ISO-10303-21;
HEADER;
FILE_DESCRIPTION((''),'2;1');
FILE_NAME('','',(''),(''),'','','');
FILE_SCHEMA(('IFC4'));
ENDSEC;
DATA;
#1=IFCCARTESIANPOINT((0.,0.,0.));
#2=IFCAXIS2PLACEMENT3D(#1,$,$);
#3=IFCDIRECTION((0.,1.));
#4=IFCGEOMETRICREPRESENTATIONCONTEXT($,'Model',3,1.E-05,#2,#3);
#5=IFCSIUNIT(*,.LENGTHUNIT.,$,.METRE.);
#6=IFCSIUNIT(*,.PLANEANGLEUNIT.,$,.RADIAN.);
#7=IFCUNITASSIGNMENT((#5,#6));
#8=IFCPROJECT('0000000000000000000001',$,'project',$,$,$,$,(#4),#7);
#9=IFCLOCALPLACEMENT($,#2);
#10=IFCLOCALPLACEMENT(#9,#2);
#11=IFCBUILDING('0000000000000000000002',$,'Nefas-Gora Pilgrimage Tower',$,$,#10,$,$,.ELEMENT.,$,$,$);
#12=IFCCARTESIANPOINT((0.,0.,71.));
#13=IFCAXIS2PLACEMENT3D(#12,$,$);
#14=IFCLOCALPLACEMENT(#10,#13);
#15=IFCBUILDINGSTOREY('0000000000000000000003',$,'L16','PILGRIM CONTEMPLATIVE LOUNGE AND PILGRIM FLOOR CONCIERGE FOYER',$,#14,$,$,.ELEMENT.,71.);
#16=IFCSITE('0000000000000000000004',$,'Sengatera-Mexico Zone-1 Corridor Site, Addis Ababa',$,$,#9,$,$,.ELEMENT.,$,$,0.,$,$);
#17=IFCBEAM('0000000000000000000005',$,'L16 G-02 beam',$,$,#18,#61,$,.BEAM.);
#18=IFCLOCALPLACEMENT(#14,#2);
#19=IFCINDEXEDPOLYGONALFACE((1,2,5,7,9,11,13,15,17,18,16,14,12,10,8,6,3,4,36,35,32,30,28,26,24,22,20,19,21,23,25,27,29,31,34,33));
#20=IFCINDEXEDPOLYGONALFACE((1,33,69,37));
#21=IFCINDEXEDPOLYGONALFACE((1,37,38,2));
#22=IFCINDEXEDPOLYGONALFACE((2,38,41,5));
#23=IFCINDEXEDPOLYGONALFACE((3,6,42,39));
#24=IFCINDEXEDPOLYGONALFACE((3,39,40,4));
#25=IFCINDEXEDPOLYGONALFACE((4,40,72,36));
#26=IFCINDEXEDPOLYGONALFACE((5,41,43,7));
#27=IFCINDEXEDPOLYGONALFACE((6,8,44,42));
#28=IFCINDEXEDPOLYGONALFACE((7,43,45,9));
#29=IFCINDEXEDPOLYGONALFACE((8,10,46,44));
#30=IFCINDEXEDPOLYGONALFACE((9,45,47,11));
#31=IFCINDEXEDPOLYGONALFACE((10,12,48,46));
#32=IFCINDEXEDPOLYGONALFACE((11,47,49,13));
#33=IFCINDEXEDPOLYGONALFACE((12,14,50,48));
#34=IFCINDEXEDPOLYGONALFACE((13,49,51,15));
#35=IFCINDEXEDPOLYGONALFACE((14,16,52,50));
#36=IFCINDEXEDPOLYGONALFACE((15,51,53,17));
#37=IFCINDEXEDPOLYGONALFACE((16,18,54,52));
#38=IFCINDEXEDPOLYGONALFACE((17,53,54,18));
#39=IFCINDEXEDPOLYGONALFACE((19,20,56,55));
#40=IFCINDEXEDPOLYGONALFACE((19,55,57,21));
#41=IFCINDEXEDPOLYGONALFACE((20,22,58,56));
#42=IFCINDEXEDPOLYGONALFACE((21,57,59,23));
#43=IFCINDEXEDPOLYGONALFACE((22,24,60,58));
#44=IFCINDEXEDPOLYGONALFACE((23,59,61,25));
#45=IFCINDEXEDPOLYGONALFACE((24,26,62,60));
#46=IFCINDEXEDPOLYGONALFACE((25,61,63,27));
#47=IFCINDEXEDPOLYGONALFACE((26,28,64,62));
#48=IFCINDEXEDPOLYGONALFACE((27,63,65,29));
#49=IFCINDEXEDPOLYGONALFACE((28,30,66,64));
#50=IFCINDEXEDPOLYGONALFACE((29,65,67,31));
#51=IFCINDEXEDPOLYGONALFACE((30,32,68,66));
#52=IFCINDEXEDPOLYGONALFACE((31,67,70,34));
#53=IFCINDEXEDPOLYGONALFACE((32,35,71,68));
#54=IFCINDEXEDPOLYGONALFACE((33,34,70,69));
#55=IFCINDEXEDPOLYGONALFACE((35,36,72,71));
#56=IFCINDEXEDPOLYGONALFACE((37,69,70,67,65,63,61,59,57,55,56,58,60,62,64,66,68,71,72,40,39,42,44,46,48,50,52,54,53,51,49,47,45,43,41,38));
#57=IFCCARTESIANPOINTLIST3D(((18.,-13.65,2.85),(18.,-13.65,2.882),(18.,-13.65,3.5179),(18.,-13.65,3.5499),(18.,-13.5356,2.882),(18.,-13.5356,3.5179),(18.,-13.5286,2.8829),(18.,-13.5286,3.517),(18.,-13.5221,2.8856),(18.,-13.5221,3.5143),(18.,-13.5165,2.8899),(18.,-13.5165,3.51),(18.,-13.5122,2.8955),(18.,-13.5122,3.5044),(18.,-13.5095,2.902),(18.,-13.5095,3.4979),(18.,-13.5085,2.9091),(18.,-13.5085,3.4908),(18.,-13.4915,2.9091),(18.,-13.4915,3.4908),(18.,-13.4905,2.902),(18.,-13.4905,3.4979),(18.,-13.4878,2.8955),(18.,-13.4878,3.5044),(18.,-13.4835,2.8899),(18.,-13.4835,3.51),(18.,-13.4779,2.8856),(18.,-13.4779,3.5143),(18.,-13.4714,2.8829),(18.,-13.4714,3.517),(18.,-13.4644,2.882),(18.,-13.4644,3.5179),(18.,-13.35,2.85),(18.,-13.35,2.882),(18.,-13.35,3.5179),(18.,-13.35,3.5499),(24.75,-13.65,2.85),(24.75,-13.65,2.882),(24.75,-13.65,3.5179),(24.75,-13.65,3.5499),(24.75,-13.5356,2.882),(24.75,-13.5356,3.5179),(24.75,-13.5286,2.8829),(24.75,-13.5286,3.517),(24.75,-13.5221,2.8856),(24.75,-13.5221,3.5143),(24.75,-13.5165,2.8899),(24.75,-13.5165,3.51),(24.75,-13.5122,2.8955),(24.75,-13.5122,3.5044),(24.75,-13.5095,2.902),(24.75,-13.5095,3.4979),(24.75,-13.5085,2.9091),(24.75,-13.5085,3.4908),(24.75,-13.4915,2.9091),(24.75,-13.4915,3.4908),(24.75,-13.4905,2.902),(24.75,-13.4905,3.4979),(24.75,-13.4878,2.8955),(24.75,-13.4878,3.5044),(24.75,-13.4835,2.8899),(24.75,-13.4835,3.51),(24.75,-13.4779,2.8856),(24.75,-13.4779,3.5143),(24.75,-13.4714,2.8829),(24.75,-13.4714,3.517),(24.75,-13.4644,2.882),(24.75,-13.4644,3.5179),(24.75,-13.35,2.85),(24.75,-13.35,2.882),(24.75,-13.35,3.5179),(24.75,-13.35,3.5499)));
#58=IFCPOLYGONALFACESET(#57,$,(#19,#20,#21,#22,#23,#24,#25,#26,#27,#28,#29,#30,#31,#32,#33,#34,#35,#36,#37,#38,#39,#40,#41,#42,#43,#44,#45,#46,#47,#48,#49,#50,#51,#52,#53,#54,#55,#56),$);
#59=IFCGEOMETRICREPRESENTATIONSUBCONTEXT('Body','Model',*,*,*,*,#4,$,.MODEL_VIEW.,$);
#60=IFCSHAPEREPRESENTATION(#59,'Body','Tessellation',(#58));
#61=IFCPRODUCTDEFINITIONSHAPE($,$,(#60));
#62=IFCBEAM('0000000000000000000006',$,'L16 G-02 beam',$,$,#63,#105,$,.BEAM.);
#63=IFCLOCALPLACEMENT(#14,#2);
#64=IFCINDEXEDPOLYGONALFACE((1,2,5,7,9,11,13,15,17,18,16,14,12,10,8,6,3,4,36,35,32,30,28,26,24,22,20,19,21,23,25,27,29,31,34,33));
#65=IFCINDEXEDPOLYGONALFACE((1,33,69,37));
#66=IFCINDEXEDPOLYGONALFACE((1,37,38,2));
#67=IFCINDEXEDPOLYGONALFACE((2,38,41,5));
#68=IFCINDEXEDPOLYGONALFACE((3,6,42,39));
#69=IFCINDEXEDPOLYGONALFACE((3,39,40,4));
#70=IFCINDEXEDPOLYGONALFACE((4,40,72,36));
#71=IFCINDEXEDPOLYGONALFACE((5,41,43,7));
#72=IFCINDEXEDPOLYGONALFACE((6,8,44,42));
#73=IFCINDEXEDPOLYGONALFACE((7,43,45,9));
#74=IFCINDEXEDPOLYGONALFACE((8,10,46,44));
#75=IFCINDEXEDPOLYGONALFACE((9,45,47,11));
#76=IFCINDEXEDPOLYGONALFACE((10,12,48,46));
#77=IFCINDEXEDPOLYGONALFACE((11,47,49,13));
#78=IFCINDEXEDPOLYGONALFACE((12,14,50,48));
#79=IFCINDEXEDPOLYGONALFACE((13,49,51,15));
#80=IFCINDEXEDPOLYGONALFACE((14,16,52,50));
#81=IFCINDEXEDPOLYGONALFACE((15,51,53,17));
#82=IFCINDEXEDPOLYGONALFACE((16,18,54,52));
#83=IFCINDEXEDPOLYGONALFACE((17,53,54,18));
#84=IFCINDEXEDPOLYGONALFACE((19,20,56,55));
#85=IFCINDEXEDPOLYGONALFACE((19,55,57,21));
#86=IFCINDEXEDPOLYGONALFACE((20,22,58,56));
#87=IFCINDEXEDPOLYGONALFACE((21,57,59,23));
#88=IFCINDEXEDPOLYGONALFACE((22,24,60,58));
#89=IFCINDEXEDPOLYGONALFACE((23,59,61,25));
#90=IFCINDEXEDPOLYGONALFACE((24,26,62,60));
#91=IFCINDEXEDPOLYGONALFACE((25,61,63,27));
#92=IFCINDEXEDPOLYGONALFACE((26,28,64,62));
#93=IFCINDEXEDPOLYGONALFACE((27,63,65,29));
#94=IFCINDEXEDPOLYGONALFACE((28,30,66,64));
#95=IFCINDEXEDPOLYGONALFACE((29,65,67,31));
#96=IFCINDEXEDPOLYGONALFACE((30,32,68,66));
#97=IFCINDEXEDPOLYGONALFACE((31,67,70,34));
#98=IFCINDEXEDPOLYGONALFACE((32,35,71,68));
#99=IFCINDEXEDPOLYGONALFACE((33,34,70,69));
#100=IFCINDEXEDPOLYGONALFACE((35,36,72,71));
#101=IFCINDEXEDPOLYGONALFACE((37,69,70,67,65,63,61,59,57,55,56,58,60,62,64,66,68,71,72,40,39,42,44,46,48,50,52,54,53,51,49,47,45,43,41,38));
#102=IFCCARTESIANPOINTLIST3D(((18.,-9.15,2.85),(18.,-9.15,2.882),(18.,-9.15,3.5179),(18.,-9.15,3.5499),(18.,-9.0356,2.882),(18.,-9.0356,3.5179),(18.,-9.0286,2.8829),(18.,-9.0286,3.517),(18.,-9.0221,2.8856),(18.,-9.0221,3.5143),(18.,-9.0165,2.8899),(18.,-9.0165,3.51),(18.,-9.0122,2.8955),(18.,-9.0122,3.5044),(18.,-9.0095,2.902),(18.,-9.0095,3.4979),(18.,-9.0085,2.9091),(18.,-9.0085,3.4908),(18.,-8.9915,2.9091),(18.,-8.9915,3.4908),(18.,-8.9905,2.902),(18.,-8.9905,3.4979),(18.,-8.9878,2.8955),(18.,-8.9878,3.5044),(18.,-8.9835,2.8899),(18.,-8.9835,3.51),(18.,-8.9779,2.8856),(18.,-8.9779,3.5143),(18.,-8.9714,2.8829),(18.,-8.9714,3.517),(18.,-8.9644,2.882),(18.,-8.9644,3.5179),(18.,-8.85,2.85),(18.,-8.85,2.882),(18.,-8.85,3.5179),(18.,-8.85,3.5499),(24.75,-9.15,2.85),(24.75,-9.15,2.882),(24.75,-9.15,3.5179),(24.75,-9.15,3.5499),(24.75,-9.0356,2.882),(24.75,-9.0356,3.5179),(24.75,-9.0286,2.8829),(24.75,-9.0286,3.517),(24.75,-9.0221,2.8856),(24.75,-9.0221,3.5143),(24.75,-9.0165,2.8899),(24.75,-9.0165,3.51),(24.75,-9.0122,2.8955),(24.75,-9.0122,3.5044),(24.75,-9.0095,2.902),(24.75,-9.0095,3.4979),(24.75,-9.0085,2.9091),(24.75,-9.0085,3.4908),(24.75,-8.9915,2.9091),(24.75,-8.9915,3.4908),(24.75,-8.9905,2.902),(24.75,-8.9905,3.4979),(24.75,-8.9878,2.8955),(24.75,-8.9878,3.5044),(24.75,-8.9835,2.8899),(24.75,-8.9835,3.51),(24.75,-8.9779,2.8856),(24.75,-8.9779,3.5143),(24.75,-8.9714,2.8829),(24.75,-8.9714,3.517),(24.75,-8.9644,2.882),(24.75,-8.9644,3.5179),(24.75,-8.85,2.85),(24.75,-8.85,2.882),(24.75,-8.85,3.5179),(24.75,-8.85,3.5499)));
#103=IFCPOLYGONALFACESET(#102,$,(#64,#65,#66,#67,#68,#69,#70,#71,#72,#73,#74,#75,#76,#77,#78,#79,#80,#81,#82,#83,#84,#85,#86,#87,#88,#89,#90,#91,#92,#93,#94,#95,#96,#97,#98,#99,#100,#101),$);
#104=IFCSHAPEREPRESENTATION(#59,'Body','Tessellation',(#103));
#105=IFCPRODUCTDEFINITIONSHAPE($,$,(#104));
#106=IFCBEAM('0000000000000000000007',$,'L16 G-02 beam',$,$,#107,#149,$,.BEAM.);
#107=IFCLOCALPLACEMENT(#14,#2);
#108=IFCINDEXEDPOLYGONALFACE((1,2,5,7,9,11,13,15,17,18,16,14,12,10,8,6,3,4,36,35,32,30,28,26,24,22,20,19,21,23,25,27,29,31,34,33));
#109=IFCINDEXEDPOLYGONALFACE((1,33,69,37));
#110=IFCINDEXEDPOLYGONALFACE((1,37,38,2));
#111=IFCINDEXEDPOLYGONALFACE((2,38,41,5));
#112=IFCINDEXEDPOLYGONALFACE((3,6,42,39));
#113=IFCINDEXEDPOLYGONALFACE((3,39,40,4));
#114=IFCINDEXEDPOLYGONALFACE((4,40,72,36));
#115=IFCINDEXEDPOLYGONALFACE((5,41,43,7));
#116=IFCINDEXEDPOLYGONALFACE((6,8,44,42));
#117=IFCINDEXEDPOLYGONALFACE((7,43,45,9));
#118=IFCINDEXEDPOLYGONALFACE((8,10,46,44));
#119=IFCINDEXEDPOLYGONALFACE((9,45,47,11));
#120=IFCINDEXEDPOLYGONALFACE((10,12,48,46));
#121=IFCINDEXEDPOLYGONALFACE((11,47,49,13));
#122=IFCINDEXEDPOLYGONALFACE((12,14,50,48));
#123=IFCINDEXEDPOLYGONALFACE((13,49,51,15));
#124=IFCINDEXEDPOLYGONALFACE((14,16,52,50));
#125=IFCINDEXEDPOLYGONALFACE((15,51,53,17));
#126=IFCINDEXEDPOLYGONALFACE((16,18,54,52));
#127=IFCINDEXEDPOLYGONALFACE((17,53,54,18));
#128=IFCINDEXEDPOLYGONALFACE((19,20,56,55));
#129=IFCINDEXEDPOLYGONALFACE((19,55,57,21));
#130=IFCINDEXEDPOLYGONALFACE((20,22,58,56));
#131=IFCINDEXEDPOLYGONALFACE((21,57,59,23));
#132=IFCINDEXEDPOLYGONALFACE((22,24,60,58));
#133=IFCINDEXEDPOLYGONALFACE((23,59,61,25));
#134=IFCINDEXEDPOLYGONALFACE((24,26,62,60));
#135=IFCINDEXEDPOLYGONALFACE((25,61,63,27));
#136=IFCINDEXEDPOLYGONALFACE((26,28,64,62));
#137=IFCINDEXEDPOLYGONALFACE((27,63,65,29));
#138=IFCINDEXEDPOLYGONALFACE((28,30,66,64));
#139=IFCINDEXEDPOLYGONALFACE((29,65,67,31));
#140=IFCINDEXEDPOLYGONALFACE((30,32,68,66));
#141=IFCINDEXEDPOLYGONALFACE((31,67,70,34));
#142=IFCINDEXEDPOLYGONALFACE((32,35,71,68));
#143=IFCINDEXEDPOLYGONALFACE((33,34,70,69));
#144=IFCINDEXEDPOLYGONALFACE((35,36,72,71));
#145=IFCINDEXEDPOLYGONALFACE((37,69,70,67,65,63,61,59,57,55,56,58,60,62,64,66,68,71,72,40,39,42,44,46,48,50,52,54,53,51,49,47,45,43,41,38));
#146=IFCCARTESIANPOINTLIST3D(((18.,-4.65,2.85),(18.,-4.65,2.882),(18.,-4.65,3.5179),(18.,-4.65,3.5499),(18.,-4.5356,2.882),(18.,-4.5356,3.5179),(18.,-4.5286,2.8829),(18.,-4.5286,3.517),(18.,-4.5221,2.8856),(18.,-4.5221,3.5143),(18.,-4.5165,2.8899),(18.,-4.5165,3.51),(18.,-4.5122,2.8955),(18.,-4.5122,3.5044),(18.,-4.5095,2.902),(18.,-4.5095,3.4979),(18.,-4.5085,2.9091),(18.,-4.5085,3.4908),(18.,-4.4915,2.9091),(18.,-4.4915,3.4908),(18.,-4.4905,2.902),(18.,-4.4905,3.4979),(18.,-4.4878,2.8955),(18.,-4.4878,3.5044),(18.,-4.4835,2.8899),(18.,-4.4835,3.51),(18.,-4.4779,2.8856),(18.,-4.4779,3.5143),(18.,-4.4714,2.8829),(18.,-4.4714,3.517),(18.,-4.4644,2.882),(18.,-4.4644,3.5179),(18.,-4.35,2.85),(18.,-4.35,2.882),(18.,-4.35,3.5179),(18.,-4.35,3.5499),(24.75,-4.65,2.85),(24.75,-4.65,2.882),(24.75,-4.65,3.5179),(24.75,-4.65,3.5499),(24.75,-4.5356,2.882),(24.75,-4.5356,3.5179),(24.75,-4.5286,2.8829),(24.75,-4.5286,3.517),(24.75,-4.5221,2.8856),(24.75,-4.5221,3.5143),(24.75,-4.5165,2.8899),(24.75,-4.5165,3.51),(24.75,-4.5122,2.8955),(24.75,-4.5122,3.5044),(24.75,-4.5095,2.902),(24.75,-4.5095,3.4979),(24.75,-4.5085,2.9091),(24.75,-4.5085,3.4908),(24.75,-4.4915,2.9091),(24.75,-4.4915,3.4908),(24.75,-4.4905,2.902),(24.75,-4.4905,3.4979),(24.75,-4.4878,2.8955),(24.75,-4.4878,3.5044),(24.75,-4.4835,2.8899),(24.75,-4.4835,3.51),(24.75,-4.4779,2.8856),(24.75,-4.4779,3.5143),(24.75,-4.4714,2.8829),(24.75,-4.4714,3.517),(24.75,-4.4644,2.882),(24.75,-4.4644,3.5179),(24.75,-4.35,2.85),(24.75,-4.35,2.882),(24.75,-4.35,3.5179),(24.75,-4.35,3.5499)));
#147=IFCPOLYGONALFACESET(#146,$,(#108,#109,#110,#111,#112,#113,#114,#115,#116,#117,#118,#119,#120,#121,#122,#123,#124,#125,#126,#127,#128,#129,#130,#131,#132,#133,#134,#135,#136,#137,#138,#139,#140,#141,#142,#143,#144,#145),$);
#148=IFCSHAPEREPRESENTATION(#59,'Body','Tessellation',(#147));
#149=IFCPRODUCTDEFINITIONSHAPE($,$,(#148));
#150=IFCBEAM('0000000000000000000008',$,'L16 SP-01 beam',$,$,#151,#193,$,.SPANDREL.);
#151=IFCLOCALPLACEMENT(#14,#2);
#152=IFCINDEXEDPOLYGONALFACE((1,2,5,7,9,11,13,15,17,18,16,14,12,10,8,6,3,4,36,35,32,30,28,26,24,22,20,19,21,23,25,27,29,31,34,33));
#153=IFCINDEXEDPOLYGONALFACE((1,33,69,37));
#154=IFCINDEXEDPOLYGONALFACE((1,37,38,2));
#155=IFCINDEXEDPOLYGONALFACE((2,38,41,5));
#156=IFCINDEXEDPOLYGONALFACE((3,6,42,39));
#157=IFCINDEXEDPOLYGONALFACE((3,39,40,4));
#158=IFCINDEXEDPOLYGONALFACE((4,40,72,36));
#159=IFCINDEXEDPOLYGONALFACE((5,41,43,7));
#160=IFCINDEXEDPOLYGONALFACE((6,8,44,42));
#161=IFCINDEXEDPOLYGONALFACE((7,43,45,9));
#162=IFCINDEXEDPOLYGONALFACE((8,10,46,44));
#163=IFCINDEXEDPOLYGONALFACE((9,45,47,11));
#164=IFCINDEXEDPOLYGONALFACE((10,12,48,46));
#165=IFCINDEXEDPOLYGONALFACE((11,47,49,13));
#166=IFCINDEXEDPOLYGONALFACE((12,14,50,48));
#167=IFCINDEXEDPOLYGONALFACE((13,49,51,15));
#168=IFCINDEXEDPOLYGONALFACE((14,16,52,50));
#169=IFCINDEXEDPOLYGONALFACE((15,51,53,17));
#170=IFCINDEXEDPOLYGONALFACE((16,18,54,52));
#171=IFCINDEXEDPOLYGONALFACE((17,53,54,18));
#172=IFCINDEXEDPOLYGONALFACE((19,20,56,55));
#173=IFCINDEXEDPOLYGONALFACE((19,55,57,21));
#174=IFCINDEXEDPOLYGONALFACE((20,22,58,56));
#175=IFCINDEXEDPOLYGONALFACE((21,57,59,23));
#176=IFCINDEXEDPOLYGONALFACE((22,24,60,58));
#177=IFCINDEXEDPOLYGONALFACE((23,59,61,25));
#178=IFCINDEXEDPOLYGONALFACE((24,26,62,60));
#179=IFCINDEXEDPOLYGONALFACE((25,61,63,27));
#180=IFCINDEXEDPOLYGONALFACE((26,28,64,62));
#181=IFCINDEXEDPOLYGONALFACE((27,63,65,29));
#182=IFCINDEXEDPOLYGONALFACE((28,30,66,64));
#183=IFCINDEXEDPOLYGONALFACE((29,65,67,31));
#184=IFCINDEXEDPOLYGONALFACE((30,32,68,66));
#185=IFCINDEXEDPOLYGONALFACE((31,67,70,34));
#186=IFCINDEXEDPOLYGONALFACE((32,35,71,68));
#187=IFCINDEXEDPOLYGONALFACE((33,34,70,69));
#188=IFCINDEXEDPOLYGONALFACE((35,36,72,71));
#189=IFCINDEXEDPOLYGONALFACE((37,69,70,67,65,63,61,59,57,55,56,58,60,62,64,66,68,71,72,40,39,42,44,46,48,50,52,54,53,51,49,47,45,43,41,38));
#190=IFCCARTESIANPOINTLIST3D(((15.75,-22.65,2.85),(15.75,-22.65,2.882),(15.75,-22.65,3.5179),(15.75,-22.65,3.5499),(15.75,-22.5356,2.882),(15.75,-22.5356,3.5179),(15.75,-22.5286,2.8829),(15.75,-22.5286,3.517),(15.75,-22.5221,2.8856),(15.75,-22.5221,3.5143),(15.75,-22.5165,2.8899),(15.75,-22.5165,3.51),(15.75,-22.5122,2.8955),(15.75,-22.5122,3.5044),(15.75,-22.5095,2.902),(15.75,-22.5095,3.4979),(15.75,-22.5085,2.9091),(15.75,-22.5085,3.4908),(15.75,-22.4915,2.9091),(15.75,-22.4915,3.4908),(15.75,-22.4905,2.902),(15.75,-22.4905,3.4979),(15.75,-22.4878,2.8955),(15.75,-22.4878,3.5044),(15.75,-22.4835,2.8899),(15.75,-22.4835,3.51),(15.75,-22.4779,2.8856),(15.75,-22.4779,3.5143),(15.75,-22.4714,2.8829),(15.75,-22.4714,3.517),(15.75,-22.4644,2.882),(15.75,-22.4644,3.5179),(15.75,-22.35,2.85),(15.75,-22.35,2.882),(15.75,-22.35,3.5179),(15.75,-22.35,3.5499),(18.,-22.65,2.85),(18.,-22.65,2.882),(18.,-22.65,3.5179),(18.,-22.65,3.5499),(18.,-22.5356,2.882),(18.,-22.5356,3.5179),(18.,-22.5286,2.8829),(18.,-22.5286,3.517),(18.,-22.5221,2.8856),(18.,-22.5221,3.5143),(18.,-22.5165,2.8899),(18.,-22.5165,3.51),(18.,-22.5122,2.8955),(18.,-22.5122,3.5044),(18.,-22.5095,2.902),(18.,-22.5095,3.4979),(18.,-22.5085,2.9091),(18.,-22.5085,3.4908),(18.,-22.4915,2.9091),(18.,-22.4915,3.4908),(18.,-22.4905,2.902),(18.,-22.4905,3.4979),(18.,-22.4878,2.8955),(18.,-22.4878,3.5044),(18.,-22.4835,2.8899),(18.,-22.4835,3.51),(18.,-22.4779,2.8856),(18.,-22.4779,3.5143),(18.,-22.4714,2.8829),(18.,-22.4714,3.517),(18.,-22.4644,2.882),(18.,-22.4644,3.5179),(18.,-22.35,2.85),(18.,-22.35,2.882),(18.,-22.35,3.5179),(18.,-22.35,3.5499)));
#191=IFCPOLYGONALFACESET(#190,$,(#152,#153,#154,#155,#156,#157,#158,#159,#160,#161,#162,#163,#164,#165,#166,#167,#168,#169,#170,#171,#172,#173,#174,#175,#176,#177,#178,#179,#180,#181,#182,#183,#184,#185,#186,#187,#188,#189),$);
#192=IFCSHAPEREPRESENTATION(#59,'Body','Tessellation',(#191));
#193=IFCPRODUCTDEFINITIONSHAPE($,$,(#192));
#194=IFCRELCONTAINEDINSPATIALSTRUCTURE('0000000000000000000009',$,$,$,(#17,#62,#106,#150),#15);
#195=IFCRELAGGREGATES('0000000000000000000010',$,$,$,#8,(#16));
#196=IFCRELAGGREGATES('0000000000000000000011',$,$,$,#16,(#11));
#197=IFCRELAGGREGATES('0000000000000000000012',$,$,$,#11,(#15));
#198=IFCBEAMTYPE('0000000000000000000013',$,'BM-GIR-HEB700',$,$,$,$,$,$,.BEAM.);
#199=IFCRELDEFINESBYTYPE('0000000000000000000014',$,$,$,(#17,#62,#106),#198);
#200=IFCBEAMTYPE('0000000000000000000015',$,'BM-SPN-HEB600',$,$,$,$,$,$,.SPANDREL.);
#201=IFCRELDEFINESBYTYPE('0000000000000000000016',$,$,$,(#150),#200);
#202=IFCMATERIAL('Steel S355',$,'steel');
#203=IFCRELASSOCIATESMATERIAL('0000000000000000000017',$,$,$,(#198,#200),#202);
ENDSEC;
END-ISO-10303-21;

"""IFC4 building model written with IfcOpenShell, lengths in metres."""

from ifc_helpers import new_model, si_unit, direction, frame, origin, origin_2d, place, context, subcontext, project, spatial, i_section, extrude, source, transform, mapped, material, material_profile, profile_set, type_object, element, save


model = new_model("IFC4")

# Units and contexts
model_context = context("Model", 3, precision=1e-05, world=origin(), true_north=direction((0.0, 1.0)))
body_context = subcontext(model_context, "Body", "Model", "MODEL_VIEW")
ifc_project = project(units=[si_unit("LENGTHUNIT", "METRE"), si_unit("PLANEANGLEUNIT", "RADIAN")], contexts=[model_context])

# Site, building, storey
site_placement = place(None, origin())
site = spatial("IfcSite", under=ifc_project, at=site_placement, Name="Sengatera-Mexico Zone-1 Corridor Site, Addis Ababa", CompositionType="ELEMENT", RefElevation=0.0)
building_placement = place(site_placement, origin())
building = spatial("IfcBuilding", under=site, at=building_placement, Name="Nefas-Gora Pilgrimage Tower", CompositionType="ELEMENT")
storey_placement = place(building_placement, frame((0.0, 0.0, 71.0)))
storey = spatial("IfcBuildingStorey", under=building, at=storey_placement, Name="L16", Description="PILGRIM CONTEMPLATIVE LOUNGE AND PILGRIM FLOOR CONCIERGE FOYER", CompositionType="ELEMENT", Elevation=71.0)

# Beams
ifc_material_1 = material(Name="Steel S355", Category="steel")
ifc_material_profile_1 = material_profile(ifc_material_1, i_section(OverallWidth=0.3, OverallDepth=0.7, WebThickness=0.0171, FlangeThickness=0.032, FilletRadius=0.0271, at=origin_2d()), Name="HEB 700")
ifc_profile_set_1 = profile_set([ifc_material_profile_1], Name="Steel S355")
beam_type_1 = type_object("IfcBeamType", Name="BM-GIR-HEB700", PredefinedType="BEAM", material=ifc_profile_set_1)
shared_shape_1 = source(origin(), body_context, "Body", "SweptSolid", [
    extrude(i_section(OverallWidth=0.3, OverallDepth=0.7, WebThickness=0.0171, FlangeThickness=0.032, FilletRadius=0.0271, at=origin_2d()), origin(), (0.0, 0.0, 1.0), 6.75),
])
for number, where, z_axis, x_axis, name in (
    (1, (18.0, -13.5, 3.2), (1.0, 0.0, 0.0), (0.0, 1.0, 0.0), "L16 G-02 beam"),
    (2, (18.0, -9.0, 3.2), (1.0, 0.0, 0.0), (0.0, 1.0, 0.0), "L16 G-02 beam"),
    (3, (18.0, -4.5, 3.2), (1.0, 0.0, 0.0), (0.0, 1.0, 0.0), "L16 G-02 beam"),
):
    element("IfcBeam", number, at=place(storey_placement, frame(where, z_axis=z_axis, x_axis=x_axis)), inside=storey, type_object=beam_type_1, Name=name, PredefinedType="BEAM", context=body_context, shape_type="MappedRepresentation", body=[
        mapped(shared_shape_1, transform((0.0, 0.0, 0.0), x_axis=(1.0, 0.0, 0.0), y_axis=(0.0, 1.0, 0.0), z_axis=(0.0, 0.0, 1.0), scale=1.0)),
    ])
ifc_material_profile_2 = material_profile(ifc_material_1, i_section(OverallWidth=0.3, OverallDepth=0.7, WebThickness=0.0171, FlangeThickness=0.032, FilletRadius=0.0271, at=origin_2d()), Name="HEB 700")
ifc_profile_set_2 = profile_set([ifc_material_profile_2], Name="Steel S355")
beam_type_2 = type_object("IfcBeamType", Name="BM-SPN-HEB600", PredefinedType="SPANDREL", material=ifc_profile_set_2)
shared_shape_2 = source(origin(), body_context, "Body", "SweptSolid", [
    extrude(i_section(OverallWidth=0.3, OverallDepth=0.7, WebThickness=0.0171, FlangeThickness=0.032, FilletRadius=0.0271, at=origin_2d()), origin(), (0.0, 0.0, 1.0), 2.25),
])
for number, where, z_axis, x_axis, name in (
    (4, (15.75, -22.5, 3.2), (1.0, 0.0, 0.0), (0.0, 1.0, 0.0), "L16 SP-01 beam"),
):
    element("IfcBeam", number, at=place(storey_placement, frame(where, z_axis=z_axis, x_axis=x_axis)), inside=storey, type_object=beam_type_2, Name=name, PredefinedType="SPANDREL", context=body_context, shape_type="MappedRepresentation", body=[
        mapped(shared_shape_2, transform((0.0, 0.0, 0.0), x_axis=(1.0, 0.0, 0.0), y_axis=(0.0, 1.0, 0.0), z_axis=(0.0, 0.0, 1.0), scale=1.0)),
    ])

save(model, "model.ifc")
